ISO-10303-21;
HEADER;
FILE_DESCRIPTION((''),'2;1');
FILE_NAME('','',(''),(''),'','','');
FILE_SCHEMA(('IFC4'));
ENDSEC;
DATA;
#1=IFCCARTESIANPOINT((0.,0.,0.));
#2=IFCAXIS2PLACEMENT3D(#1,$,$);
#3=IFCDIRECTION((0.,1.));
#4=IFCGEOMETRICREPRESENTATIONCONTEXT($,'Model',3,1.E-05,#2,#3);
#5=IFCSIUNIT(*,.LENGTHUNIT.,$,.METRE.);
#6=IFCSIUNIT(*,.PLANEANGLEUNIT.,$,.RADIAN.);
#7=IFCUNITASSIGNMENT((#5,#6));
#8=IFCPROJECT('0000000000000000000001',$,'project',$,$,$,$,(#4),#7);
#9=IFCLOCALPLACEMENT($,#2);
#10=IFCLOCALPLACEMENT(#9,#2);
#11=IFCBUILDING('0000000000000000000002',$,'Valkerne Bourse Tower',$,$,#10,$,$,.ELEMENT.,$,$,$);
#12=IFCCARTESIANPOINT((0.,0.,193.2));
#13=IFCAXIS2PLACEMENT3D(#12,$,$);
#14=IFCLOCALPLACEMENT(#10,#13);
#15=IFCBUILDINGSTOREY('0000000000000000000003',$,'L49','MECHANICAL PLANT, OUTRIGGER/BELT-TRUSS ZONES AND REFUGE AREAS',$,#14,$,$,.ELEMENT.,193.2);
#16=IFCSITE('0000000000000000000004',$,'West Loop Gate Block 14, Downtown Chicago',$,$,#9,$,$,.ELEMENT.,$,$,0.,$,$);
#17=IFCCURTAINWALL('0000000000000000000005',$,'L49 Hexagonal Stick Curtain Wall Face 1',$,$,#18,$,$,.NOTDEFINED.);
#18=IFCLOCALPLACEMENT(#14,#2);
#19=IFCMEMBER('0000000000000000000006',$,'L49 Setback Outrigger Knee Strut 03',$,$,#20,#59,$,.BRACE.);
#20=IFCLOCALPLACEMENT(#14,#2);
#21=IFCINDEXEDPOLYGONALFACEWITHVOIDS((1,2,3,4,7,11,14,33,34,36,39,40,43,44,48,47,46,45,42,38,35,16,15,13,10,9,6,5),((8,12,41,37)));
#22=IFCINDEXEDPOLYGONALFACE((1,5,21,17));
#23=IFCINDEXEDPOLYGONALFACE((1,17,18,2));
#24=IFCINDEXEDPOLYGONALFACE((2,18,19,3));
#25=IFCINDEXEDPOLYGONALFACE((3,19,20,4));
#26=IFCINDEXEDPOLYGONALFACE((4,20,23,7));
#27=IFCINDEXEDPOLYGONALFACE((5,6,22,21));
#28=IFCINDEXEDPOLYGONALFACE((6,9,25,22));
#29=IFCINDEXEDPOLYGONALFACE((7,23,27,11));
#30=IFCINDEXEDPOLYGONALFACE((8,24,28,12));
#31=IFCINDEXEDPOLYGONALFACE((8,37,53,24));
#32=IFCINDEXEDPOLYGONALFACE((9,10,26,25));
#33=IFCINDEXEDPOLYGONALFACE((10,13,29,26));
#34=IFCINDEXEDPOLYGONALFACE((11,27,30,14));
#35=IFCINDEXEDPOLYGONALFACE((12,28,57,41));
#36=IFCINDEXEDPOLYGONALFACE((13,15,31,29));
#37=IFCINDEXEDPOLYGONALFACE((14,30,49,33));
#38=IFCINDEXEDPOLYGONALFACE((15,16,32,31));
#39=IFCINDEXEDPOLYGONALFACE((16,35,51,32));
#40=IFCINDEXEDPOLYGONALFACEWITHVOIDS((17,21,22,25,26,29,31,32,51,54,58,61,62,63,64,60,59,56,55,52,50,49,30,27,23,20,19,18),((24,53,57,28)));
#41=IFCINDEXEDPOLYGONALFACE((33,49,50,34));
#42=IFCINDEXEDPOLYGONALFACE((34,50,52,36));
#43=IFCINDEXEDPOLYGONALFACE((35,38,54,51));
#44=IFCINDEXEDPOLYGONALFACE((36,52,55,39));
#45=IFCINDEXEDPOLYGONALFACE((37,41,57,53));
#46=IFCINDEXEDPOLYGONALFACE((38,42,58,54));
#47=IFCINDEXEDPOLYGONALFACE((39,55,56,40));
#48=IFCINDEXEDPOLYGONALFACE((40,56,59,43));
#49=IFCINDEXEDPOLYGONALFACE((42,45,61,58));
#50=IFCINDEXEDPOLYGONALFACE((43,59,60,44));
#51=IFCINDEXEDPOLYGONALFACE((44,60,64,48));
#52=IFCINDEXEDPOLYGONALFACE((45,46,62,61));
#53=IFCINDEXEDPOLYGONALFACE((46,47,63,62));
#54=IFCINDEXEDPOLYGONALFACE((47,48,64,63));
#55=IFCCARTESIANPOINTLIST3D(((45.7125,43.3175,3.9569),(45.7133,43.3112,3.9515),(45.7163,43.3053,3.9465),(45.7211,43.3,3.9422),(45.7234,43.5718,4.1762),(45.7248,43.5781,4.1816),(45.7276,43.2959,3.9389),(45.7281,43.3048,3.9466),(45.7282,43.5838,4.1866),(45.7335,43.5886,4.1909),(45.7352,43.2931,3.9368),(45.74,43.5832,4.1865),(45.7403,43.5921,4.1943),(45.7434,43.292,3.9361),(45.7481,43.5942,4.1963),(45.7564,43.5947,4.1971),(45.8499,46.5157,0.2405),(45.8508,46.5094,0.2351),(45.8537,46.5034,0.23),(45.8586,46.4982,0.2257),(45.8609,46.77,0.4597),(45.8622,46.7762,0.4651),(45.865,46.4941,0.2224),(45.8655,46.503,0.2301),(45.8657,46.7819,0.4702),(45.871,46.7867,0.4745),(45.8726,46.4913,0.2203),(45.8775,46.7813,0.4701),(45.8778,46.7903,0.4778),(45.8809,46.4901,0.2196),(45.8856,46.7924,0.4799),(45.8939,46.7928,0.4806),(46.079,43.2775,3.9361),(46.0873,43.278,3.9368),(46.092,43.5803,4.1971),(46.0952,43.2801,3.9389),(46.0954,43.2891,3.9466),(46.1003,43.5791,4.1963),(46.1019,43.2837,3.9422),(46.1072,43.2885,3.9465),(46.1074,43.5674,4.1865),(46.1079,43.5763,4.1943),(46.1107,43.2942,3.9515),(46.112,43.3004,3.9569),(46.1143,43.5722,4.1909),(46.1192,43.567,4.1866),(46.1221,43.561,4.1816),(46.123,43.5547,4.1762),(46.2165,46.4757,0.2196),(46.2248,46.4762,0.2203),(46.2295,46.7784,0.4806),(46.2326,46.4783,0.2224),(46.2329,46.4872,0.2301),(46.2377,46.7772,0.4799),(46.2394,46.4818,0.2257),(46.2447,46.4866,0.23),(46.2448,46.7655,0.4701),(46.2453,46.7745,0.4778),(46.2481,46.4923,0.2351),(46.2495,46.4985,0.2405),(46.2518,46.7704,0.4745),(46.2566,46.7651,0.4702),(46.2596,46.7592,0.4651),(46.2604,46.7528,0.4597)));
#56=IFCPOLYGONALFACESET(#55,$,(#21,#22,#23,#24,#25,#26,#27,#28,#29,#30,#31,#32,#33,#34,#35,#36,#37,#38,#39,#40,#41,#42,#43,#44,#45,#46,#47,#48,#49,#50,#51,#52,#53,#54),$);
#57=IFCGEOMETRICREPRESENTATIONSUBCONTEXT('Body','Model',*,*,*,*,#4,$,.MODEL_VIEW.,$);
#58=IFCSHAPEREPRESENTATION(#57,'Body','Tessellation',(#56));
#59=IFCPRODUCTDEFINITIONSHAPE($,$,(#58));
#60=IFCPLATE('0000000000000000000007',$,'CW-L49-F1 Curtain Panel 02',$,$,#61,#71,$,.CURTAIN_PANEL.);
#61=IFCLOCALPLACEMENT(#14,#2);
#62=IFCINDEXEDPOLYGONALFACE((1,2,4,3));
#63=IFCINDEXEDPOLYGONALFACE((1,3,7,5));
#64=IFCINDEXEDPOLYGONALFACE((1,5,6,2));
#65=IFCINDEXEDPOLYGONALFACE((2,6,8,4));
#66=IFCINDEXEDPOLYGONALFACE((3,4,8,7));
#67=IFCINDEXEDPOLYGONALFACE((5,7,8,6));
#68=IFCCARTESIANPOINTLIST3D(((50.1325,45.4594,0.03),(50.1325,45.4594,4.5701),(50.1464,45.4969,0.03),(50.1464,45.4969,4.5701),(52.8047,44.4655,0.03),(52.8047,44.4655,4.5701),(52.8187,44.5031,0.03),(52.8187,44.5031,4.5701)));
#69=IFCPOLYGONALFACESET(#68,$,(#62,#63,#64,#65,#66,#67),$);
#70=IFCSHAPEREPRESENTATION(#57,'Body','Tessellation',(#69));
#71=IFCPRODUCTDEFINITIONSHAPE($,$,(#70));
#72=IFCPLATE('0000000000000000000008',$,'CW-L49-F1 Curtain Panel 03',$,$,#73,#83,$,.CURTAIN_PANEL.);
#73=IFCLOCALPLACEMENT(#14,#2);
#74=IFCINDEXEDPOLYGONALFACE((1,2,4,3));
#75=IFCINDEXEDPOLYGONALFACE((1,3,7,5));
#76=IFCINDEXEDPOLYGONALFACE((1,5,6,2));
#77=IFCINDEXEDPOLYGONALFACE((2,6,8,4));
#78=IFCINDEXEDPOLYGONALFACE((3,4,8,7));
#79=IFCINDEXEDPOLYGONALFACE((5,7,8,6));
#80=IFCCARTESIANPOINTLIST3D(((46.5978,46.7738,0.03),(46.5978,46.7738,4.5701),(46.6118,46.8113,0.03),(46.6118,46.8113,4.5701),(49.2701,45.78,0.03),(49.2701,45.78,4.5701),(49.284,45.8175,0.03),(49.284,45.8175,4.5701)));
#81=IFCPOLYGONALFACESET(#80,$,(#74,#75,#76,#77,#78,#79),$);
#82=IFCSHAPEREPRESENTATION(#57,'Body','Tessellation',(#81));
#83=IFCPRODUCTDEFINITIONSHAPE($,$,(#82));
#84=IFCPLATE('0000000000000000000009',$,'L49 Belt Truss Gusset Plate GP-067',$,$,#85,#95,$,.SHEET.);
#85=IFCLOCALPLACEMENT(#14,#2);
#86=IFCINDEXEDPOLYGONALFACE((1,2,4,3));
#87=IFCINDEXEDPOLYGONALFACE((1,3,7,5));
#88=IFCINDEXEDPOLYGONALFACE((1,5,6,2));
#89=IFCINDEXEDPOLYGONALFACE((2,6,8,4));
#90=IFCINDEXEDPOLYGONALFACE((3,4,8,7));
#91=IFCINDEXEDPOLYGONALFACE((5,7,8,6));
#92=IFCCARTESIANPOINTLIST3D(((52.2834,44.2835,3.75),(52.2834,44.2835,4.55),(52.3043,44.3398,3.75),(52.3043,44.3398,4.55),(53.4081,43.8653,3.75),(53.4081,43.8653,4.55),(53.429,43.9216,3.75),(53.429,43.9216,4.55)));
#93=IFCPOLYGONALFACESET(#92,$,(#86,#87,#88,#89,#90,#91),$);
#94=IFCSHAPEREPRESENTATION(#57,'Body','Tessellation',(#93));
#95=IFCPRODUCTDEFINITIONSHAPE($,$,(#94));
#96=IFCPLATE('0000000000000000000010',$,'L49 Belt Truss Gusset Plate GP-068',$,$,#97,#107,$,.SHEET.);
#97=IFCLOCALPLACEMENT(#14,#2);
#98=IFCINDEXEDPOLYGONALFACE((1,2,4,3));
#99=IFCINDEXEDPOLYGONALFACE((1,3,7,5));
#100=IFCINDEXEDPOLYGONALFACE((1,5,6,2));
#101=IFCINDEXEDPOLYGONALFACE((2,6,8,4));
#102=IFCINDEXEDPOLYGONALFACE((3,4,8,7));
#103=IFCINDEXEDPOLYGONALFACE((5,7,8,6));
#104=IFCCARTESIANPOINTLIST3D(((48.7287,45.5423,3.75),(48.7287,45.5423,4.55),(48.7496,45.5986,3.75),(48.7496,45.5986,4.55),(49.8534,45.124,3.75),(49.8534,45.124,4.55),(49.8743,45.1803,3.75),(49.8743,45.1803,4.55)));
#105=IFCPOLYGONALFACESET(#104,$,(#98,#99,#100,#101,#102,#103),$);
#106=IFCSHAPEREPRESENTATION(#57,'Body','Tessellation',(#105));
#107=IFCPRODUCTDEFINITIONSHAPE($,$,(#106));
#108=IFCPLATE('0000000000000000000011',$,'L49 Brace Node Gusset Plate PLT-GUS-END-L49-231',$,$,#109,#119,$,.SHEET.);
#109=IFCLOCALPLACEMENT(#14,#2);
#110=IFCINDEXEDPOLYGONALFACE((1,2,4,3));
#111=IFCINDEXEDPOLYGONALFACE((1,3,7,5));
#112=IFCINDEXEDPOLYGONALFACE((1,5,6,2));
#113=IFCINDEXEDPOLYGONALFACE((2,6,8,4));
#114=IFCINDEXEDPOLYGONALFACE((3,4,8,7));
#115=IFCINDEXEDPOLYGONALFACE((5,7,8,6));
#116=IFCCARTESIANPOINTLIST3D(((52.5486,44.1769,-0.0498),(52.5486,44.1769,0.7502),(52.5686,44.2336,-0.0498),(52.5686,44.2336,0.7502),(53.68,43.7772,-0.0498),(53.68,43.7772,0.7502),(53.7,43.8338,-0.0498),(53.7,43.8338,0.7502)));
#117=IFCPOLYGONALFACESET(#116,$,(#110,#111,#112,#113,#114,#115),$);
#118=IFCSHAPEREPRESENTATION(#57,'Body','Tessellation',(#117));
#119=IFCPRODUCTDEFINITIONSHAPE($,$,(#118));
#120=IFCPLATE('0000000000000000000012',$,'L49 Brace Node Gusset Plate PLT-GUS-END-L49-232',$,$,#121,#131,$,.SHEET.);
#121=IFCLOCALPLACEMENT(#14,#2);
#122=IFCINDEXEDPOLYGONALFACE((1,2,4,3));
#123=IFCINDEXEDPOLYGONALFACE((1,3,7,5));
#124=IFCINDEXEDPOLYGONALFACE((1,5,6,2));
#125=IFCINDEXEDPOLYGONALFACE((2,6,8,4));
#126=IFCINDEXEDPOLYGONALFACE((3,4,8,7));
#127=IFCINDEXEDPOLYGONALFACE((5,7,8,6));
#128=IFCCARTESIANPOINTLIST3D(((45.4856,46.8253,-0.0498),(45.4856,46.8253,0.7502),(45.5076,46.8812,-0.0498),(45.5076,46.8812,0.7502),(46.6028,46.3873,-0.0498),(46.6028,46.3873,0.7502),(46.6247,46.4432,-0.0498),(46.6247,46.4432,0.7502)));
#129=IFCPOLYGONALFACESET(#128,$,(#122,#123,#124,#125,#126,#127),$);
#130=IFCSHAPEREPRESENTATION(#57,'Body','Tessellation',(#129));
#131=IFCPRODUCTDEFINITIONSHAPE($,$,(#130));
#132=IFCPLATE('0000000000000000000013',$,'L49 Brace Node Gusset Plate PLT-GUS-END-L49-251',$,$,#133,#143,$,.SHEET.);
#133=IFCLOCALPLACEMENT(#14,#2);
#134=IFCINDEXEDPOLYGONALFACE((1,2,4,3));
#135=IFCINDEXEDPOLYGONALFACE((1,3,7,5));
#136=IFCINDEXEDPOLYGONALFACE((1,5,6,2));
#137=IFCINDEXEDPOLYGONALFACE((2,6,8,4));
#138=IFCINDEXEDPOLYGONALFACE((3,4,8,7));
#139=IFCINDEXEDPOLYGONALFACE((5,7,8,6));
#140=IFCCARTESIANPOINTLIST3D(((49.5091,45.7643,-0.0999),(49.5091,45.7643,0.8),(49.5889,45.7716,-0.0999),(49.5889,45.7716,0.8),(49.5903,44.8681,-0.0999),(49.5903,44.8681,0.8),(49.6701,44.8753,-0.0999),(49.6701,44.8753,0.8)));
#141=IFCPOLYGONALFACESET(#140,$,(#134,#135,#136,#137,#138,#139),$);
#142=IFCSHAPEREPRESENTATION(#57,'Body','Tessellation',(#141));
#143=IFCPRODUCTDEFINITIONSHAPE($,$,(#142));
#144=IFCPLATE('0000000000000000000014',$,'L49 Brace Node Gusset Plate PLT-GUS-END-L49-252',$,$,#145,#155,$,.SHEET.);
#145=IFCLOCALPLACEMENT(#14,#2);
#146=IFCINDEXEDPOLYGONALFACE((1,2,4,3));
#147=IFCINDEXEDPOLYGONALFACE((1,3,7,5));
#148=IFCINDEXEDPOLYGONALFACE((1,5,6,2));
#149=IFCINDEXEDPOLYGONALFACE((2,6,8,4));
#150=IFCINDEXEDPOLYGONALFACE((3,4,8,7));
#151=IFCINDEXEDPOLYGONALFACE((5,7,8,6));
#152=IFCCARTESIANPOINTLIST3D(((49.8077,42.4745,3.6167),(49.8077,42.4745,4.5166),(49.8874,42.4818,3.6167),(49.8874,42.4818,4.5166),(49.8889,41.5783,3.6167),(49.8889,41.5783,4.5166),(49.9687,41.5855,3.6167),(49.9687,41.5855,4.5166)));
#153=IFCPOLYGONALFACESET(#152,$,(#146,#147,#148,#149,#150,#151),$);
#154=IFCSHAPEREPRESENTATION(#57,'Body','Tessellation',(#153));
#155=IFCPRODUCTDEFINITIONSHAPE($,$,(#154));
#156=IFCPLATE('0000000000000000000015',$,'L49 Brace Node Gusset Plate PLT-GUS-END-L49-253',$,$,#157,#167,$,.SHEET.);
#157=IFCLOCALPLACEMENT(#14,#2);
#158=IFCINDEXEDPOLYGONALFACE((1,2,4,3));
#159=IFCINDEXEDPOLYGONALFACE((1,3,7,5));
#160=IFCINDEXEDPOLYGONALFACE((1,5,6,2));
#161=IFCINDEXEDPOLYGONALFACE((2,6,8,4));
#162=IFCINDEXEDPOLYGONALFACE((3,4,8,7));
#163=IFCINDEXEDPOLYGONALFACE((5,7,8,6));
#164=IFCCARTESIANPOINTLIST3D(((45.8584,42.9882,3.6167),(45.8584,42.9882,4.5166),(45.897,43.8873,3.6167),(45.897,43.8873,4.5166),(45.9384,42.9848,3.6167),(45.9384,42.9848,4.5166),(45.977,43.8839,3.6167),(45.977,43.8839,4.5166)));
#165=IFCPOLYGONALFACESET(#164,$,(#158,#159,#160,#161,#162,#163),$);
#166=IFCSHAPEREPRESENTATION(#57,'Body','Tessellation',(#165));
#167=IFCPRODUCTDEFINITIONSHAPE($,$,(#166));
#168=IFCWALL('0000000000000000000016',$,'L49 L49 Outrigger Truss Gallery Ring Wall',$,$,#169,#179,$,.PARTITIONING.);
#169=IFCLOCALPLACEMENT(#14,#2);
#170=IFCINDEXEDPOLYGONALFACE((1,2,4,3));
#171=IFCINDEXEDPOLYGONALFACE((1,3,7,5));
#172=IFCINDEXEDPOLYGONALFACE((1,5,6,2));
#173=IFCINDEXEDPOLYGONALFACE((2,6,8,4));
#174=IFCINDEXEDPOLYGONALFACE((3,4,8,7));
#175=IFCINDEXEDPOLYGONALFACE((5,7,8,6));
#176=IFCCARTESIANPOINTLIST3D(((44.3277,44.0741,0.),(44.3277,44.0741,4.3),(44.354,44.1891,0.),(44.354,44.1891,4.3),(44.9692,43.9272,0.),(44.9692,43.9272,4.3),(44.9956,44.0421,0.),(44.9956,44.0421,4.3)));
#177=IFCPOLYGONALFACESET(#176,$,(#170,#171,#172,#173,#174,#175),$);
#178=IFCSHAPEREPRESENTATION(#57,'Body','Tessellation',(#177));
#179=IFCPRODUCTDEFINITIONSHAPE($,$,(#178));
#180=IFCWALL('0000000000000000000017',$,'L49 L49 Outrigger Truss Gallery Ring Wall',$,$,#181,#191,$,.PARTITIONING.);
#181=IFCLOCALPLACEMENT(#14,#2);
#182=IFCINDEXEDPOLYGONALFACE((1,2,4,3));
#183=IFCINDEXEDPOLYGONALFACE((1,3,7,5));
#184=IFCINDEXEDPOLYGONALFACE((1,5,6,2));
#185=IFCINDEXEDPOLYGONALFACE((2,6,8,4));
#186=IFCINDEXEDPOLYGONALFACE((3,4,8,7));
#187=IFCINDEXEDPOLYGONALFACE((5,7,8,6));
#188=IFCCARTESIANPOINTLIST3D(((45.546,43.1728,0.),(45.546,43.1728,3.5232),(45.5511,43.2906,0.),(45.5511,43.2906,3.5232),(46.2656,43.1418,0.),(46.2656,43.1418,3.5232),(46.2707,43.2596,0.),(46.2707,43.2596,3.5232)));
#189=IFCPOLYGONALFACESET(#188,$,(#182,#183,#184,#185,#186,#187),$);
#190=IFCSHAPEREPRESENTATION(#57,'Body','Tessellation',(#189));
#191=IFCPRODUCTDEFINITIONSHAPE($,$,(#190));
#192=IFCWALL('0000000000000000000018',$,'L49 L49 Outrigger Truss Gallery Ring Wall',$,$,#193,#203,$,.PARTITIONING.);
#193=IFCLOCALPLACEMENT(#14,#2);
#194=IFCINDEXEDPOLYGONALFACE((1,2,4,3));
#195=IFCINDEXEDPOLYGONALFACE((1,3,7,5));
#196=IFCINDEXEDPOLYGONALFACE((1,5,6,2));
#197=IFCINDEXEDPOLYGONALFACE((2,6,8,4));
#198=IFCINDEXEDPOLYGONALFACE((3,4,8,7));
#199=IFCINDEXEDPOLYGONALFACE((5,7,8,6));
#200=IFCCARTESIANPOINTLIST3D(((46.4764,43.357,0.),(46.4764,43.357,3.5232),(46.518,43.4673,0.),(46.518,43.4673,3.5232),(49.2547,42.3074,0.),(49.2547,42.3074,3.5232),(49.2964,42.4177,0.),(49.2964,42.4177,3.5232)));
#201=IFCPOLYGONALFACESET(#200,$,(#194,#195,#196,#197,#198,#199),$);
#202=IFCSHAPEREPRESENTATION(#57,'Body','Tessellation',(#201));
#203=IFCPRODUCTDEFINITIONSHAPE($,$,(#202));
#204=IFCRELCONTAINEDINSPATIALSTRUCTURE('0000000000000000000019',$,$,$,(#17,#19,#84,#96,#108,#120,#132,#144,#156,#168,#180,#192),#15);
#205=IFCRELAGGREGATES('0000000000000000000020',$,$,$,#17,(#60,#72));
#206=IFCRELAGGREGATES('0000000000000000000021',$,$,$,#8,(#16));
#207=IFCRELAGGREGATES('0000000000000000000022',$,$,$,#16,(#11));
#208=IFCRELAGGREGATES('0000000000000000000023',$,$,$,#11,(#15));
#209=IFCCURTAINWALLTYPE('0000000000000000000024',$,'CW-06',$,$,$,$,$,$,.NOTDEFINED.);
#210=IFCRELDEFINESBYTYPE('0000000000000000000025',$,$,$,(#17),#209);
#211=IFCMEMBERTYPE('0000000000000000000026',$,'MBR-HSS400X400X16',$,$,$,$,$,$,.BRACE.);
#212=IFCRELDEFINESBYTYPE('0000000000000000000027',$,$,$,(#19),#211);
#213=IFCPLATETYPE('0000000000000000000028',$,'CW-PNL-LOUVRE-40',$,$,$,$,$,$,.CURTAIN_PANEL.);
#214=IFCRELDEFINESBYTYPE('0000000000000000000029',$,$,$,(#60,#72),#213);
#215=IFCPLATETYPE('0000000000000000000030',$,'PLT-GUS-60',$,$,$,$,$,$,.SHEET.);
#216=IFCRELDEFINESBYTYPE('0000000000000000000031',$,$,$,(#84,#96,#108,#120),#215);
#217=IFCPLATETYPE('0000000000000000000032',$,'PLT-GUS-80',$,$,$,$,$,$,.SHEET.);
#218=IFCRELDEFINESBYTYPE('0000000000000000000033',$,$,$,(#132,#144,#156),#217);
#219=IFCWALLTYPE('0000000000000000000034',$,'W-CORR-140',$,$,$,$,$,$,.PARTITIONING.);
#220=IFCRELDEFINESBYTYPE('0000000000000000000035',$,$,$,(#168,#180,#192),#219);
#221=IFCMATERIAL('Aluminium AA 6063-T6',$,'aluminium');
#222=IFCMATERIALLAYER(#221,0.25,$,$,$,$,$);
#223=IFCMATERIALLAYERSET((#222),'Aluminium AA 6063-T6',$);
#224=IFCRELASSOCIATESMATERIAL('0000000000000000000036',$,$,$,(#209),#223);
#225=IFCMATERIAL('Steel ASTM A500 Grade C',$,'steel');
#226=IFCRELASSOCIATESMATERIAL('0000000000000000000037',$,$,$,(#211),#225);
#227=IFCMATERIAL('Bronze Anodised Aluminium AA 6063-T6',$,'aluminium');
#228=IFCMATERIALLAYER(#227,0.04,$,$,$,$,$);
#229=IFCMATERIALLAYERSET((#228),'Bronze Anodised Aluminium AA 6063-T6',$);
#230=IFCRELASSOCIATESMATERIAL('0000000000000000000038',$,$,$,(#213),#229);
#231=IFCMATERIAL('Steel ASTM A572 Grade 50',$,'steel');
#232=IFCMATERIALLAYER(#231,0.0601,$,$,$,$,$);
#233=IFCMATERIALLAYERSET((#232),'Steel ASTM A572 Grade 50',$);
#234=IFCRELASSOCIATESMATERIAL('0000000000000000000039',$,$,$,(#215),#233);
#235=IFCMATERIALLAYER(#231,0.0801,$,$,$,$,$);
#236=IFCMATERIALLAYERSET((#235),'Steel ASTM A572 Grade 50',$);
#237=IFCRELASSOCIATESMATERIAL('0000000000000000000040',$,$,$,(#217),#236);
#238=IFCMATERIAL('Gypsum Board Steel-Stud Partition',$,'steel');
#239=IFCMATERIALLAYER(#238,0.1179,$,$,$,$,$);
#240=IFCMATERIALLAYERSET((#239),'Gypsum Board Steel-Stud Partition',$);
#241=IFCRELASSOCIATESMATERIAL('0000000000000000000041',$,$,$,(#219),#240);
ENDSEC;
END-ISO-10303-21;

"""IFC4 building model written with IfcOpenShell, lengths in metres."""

from ifc_helpers import new_model, si_unit, direction, frame, frame_2d, origin, origin_2d, place, context, subcontext, project, spatial, rectangle, hollow_rectangle, extrude, material, layer, layer_set, material_profile, profile_set, type_object, element, aggregate, save


model = new_model("IFC4")

# Units and contexts
model_context = context("Model", 3, precision=1e-05, world=origin(), true_north=direction((0.0, 1.0)))
body_context = subcontext(model_context, "Body", "Model", "MODEL_VIEW")
ifc_project = project(units=[si_unit("LENGTHUNIT", "METRE"), si_unit("PLANEANGLEUNIT", "RADIAN")], contexts=[model_context])

# Site, building, storey
site_placement = place(None, origin())
site = spatial("IfcSite", under=ifc_project, at=site_placement, Name="West Loop Gate Block 14, Downtown Chicago", CompositionType="ELEMENT", RefElevation=0.0)
building_placement = place(site_placement, origin())
building = spatial("IfcBuilding", under=site, at=building_placement, Name="Valkerne Bourse Tower", CompositionType="ELEMENT")
storey_placement = place(building_placement, frame((0.0, 0.0, 193.2)))
storey = spatial("IfcBuildingStorey", under=building, at=storey_placement, Name="L49", Description="MECHANICAL PLANT, OUTRIGGER/BELT-TRUSS ZONES AND REFUGE AREAS", CompositionType="ELEMENT", Elevation=193.2)

# Curtain wall
ifc_material_1 = material(Name="Aluminium AA 6063-T6", Category="aluminium")
ifc_layer_1 = layer(ifc_material_1, 0.25)
ifc_layer_set_1 = layer_set([ifc_layer_1], Name="Aluminium AA 6063-T6")
curtain_wall_type = type_object("IfcCurtainWallType", Name="CW-06", PredefinedType="NOTDEFINED", material=ifc_layer_set_1)
curtain_wall_placement = place(storey_placement, origin())
curtain_wall = element("IfcCurtainWall", 1, at=curtain_wall_placement, inside=storey, type_object=curtain_wall_type, Name="L49 Hexagonal Stick Curtain Wall Face 1", PredefinedType="NOTDEFINED")

# Member
ifc_material_2 = material(Name="Steel ASTM A500 Grade C", Category="steel")
ifc_material_profile_1 = material_profile(ifc_material_2, hollow_rectangle(XDim=0.3999, YDim=0.3999, WallThickness=0.0161, OuterFilletRadius=0.032, at=origin_2d()), Name="HSS400X400X16")
ifc_profile_set_1 = profile_set([ifc_material_profile_1], Name="Steel ASTM A500 Grade C")
member_type_1 = type_object("IfcMemberType", Name="MBR-HSS400X400X16", PredefinedType="BRACE", material=ifc_profile_set_1)
member_1_placement = place(storey_placement, frame((46.0552, 46.6343, 0.3501), z_axis=(-0.028022, -0.652018, 0.757685), x_axis=(0.999078, -0.042937, 0.0)))
element("IfcMember", 2, at=member_1_placement, inside=storey, type_object=member_type_1, Name="L49 Setback Outrigger Knee Strut 03", PredefinedType="BRACE", context=body_context, shape_type="SweptSolid", body=[
    extrude(hollow_rectangle(XDim=0.3999, YDim=0.3999, WallThickness=0.0161, OuterFilletRadius=0.032, at=origin_2d()), origin(), (0.0, 0.0, 1.0), 4.905),
])

# Plates
ifc_material_3 = material(Name="Bronze Anodised Aluminium AA 6063-T6", Category="aluminium")
ifc_layer_2 = layer(ifc_material_3, 0.04)
ifc_layer_set_2 = layer_set([ifc_layer_2], Name="Bronze Anodised Aluminium AA 6063-T6")
plate_type_1 = type_object("IfcPlateType", Name="CW-PNL-LOUVRE-40", PredefinedType="CURTAIN_PANEL", material=ifc_layer_set_2)
plate_1_placement = place(storey_placement, frame((51.4756, 44.9812, 0.03), z_axis=(0.0, 0.0, 1.0), x_axis=(-0.937279, 0.348579, 0.0)))
plate_1 = element("IfcPlate", 3, at=plate_1_placement, type_object=plate_type_1, Name="CW-L49-F1 Curtain Panel 02", PredefinedType="CURTAIN_PANEL", context=body_context, shape_type="SweptSolid", body=[
    extrude(rectangle(XDim=2.8511, YDim=0.04, at=origin_2d()), origin(), (0.0, 0.0, 1.0), 4.54),
])
plate_2_placement = place(storey_placement, frame((47.9409, 46.2957, 0.03), z_axis=(0.0, 0.0, 1.0), x_axis=(-0.937279, 0.348579, 0.0)))
plate_2 = element("IfcPlate", 4, at=plate_2_placement, type_object=plate_type_1, Name="CW-L49-F1 Curtain Panel 03", PredefinedType="CURTAIN_PANEL", context=body_context, shape_type="SweptSolid", body=[
    extrude(rectangle(XDim=2.8511, YDim=0.04, at=origin_2d()), origin(), (0.0, 0.0, 1.0), 4.54),
])
aggregate(curtain_wall, [plate_1, plate_2])

# Plates
ifc_material_4 = material(Name="Steel ASTM A572 Grade 50", Category="steel")
ifc_layer_3 = layer(ifc_material_4, 0.0601)
ifc_layer_set_3 = layer_set([ifc_layer_3], Name="Steel ASTM A572 Grade 50")
plate_type_2 = type_object("IfcPlateType", Name="PLT-GUS-60", PredefinedType="SHEET", material=ifc_layer_set_3)
for number, where, z_axis, x_axis, name in (
    (5, (52.8562, 44.1025, 3.75), (0.0, 0.0, 1.0), (-0.937282, 0.348572, 0.0), "L49 Belt Truss Gusset Plate GP-067"),
    (6, (49.3015, 45.3613, 3.75), (0.0, 0.0, 1.0), (-0.937282, 0.348572, 0.0), "L49 Belt Truss Gusset Plate GP-068"),
    (7, (53.1243, 44.0054, -0.0498), (0.0, 0.0, 1.0), (0.942874, -0.333149, 0.0), "L49 Brace Node Gusset Plate PLT-GUS-END-L49-231"),
    (8, (46.0552, 46.6343, -0.0498), (0.0, 0.0, 1.0), (0.930992, -0.365039, 0.0), "L49 Brace Node Gusset Plate PLT-GUS-END-L49-232"),
):
    element("IfcPlate", number, at=place(storey_placement, frame(where, z_axis=z_axis, x_axis=x_axis)), inside=storey, type_object=plate_type_2, Name=name, PredefinedType="SHEET", context=body_context, shape_type="SweptSolid", body=[
        extrude(rectangle(XDim=1.2, YDim=0.0601, at=origin_2d()), origin(), (0.0, 0.0, 1.0), 0.8),
    ])
ifc_layer_4 = layer(ifc_material_4, 0.0801)
ifc_layer_set_4 = layer_set([ifc_layer_4], Name="Steel ASTM A572 Grade 50")
plate_type_3 = type_object("IfcPlateType", Name="PLT-GUS-80", PredefinedType="SHEET", material=ifc_layer_set_4)
for number, where, z_axis, x_axis, name in (
    (9, (49.5896, 45.3198, -0.0999), (0.0, 0.0, 1.0), (0.090285, -0.995916, 0.0), "L49 Brace Node Gusset Plate PLT-GUS-END-L49-251"),
    (10, (49.8882, 42.03, 3.6167), (0.0, 0.0, 1.0), (0.090285, -0.995916, 0.0), "L49 Brace Node Gusset Plate PLT-GUS-END-L49-252"),
    (11, (45.9177, 43.436, 3.6167), (0.0, 0.0, 1.0), (-0.042922, -0.999078, 0.0), "L49 Brace Node Gusset Plate PLT-GUS-END-L49-253"),
):
    element("IfcPlate", number, at=place(storey_placement, frame(where, z_axis=z_axis, x_axis=x_axis)), inside=storey, type_object=plate_type_3, Name=name, PredefinedType="SHEET", context=body_context, shape_type="SweptSolid", body=[
        extrude(rectangle(XDim=0.8999, YDim=0.0801, at=origin_2d()), origin(), (0.0, 0.0, 1.0), 0.8999),
    ])

# Walls
ifc_material_5 = material(Name="Gypsum Board Steel-Stud Partition", Category="steel")
ifc_layer_5 = layer(ifc_material_5, 0.1179)
ifc_layer_set_5 = layer_set([ifc_layer_5], Name="Gypsum Board Steel-Stud Partition")
wall_type_1 = type_object("IfcWallType", Name="W-CORR-140", PredefinedType="PARTITIONING", material=ifc_layer_set_5)
wall_1_placement = place(storey_placement, frame((44.3408, 44.1316, 0.0), z_axis=(0.0, 0.0, 1.0), x_axis=(0.974753, -0.223288, 0.0)))
element("IfcWall", 12, at=wall_1_placement, inside=storey, type_object=wall_type_1, Name="L49 L49 Outrigger Truss Gallery Ring Wall", PredefinedType="PARTITIONING", context=body_context, shape_type="SweptSolid", body=[
    extrude(rectangle(XDim=0.6582, YDim=0.1179, at=frame_2d((0.3291, 0.0))), origin(), (0.0, 0.0, 1.0), 4.3),
])
wall_2_placement = place(storey_placement, frame((45.5486, 43.2317, 0.0), z_axis=(0.0, 0.0, 1.0), x_axis=(0.999073, -0.043055, 0.0)))
element("IfcWall", 13, at=wall_2_placement, inside=storey, type_object=wall_type_1, Name="L49 L49 Outrigger Truss Gallery Ring Wall", PredefinedType="PARTITIONING", context=body_context, shape_type="SweptSolid", body=[
    extrude(rectangle(XDim=0.7202, YDim=0.1179, at=frame_2d((0.3601, 0.0))), origin(), (0.0, 0.0, 1.0), 3.5232),
])
wall_3_placement = place(storey_placement, frame((46.4973, 43.4121, 0.0), z_axis=(0.0, 0.0, 1.0), x_axis=(0.935475, -0.353393, 0.0)))
element("IfcWall", 14, at=wall_3_placement, inside=storey, type_object=wall_type_1, Name="L49 L49 Outrigger Truss Gallery Ring Wall", PredefinedType="PARTITIONING", context=body_context, shape_type="SweptSolid", body=[
    extrude(rectangle(XDim=2.97, YDim=0.1179, at=frame_2d((1.4849, 0.0))), origin(), (0.0, 0.0, 1.0), 3.5232),
])

save(model, "model.ifc")
